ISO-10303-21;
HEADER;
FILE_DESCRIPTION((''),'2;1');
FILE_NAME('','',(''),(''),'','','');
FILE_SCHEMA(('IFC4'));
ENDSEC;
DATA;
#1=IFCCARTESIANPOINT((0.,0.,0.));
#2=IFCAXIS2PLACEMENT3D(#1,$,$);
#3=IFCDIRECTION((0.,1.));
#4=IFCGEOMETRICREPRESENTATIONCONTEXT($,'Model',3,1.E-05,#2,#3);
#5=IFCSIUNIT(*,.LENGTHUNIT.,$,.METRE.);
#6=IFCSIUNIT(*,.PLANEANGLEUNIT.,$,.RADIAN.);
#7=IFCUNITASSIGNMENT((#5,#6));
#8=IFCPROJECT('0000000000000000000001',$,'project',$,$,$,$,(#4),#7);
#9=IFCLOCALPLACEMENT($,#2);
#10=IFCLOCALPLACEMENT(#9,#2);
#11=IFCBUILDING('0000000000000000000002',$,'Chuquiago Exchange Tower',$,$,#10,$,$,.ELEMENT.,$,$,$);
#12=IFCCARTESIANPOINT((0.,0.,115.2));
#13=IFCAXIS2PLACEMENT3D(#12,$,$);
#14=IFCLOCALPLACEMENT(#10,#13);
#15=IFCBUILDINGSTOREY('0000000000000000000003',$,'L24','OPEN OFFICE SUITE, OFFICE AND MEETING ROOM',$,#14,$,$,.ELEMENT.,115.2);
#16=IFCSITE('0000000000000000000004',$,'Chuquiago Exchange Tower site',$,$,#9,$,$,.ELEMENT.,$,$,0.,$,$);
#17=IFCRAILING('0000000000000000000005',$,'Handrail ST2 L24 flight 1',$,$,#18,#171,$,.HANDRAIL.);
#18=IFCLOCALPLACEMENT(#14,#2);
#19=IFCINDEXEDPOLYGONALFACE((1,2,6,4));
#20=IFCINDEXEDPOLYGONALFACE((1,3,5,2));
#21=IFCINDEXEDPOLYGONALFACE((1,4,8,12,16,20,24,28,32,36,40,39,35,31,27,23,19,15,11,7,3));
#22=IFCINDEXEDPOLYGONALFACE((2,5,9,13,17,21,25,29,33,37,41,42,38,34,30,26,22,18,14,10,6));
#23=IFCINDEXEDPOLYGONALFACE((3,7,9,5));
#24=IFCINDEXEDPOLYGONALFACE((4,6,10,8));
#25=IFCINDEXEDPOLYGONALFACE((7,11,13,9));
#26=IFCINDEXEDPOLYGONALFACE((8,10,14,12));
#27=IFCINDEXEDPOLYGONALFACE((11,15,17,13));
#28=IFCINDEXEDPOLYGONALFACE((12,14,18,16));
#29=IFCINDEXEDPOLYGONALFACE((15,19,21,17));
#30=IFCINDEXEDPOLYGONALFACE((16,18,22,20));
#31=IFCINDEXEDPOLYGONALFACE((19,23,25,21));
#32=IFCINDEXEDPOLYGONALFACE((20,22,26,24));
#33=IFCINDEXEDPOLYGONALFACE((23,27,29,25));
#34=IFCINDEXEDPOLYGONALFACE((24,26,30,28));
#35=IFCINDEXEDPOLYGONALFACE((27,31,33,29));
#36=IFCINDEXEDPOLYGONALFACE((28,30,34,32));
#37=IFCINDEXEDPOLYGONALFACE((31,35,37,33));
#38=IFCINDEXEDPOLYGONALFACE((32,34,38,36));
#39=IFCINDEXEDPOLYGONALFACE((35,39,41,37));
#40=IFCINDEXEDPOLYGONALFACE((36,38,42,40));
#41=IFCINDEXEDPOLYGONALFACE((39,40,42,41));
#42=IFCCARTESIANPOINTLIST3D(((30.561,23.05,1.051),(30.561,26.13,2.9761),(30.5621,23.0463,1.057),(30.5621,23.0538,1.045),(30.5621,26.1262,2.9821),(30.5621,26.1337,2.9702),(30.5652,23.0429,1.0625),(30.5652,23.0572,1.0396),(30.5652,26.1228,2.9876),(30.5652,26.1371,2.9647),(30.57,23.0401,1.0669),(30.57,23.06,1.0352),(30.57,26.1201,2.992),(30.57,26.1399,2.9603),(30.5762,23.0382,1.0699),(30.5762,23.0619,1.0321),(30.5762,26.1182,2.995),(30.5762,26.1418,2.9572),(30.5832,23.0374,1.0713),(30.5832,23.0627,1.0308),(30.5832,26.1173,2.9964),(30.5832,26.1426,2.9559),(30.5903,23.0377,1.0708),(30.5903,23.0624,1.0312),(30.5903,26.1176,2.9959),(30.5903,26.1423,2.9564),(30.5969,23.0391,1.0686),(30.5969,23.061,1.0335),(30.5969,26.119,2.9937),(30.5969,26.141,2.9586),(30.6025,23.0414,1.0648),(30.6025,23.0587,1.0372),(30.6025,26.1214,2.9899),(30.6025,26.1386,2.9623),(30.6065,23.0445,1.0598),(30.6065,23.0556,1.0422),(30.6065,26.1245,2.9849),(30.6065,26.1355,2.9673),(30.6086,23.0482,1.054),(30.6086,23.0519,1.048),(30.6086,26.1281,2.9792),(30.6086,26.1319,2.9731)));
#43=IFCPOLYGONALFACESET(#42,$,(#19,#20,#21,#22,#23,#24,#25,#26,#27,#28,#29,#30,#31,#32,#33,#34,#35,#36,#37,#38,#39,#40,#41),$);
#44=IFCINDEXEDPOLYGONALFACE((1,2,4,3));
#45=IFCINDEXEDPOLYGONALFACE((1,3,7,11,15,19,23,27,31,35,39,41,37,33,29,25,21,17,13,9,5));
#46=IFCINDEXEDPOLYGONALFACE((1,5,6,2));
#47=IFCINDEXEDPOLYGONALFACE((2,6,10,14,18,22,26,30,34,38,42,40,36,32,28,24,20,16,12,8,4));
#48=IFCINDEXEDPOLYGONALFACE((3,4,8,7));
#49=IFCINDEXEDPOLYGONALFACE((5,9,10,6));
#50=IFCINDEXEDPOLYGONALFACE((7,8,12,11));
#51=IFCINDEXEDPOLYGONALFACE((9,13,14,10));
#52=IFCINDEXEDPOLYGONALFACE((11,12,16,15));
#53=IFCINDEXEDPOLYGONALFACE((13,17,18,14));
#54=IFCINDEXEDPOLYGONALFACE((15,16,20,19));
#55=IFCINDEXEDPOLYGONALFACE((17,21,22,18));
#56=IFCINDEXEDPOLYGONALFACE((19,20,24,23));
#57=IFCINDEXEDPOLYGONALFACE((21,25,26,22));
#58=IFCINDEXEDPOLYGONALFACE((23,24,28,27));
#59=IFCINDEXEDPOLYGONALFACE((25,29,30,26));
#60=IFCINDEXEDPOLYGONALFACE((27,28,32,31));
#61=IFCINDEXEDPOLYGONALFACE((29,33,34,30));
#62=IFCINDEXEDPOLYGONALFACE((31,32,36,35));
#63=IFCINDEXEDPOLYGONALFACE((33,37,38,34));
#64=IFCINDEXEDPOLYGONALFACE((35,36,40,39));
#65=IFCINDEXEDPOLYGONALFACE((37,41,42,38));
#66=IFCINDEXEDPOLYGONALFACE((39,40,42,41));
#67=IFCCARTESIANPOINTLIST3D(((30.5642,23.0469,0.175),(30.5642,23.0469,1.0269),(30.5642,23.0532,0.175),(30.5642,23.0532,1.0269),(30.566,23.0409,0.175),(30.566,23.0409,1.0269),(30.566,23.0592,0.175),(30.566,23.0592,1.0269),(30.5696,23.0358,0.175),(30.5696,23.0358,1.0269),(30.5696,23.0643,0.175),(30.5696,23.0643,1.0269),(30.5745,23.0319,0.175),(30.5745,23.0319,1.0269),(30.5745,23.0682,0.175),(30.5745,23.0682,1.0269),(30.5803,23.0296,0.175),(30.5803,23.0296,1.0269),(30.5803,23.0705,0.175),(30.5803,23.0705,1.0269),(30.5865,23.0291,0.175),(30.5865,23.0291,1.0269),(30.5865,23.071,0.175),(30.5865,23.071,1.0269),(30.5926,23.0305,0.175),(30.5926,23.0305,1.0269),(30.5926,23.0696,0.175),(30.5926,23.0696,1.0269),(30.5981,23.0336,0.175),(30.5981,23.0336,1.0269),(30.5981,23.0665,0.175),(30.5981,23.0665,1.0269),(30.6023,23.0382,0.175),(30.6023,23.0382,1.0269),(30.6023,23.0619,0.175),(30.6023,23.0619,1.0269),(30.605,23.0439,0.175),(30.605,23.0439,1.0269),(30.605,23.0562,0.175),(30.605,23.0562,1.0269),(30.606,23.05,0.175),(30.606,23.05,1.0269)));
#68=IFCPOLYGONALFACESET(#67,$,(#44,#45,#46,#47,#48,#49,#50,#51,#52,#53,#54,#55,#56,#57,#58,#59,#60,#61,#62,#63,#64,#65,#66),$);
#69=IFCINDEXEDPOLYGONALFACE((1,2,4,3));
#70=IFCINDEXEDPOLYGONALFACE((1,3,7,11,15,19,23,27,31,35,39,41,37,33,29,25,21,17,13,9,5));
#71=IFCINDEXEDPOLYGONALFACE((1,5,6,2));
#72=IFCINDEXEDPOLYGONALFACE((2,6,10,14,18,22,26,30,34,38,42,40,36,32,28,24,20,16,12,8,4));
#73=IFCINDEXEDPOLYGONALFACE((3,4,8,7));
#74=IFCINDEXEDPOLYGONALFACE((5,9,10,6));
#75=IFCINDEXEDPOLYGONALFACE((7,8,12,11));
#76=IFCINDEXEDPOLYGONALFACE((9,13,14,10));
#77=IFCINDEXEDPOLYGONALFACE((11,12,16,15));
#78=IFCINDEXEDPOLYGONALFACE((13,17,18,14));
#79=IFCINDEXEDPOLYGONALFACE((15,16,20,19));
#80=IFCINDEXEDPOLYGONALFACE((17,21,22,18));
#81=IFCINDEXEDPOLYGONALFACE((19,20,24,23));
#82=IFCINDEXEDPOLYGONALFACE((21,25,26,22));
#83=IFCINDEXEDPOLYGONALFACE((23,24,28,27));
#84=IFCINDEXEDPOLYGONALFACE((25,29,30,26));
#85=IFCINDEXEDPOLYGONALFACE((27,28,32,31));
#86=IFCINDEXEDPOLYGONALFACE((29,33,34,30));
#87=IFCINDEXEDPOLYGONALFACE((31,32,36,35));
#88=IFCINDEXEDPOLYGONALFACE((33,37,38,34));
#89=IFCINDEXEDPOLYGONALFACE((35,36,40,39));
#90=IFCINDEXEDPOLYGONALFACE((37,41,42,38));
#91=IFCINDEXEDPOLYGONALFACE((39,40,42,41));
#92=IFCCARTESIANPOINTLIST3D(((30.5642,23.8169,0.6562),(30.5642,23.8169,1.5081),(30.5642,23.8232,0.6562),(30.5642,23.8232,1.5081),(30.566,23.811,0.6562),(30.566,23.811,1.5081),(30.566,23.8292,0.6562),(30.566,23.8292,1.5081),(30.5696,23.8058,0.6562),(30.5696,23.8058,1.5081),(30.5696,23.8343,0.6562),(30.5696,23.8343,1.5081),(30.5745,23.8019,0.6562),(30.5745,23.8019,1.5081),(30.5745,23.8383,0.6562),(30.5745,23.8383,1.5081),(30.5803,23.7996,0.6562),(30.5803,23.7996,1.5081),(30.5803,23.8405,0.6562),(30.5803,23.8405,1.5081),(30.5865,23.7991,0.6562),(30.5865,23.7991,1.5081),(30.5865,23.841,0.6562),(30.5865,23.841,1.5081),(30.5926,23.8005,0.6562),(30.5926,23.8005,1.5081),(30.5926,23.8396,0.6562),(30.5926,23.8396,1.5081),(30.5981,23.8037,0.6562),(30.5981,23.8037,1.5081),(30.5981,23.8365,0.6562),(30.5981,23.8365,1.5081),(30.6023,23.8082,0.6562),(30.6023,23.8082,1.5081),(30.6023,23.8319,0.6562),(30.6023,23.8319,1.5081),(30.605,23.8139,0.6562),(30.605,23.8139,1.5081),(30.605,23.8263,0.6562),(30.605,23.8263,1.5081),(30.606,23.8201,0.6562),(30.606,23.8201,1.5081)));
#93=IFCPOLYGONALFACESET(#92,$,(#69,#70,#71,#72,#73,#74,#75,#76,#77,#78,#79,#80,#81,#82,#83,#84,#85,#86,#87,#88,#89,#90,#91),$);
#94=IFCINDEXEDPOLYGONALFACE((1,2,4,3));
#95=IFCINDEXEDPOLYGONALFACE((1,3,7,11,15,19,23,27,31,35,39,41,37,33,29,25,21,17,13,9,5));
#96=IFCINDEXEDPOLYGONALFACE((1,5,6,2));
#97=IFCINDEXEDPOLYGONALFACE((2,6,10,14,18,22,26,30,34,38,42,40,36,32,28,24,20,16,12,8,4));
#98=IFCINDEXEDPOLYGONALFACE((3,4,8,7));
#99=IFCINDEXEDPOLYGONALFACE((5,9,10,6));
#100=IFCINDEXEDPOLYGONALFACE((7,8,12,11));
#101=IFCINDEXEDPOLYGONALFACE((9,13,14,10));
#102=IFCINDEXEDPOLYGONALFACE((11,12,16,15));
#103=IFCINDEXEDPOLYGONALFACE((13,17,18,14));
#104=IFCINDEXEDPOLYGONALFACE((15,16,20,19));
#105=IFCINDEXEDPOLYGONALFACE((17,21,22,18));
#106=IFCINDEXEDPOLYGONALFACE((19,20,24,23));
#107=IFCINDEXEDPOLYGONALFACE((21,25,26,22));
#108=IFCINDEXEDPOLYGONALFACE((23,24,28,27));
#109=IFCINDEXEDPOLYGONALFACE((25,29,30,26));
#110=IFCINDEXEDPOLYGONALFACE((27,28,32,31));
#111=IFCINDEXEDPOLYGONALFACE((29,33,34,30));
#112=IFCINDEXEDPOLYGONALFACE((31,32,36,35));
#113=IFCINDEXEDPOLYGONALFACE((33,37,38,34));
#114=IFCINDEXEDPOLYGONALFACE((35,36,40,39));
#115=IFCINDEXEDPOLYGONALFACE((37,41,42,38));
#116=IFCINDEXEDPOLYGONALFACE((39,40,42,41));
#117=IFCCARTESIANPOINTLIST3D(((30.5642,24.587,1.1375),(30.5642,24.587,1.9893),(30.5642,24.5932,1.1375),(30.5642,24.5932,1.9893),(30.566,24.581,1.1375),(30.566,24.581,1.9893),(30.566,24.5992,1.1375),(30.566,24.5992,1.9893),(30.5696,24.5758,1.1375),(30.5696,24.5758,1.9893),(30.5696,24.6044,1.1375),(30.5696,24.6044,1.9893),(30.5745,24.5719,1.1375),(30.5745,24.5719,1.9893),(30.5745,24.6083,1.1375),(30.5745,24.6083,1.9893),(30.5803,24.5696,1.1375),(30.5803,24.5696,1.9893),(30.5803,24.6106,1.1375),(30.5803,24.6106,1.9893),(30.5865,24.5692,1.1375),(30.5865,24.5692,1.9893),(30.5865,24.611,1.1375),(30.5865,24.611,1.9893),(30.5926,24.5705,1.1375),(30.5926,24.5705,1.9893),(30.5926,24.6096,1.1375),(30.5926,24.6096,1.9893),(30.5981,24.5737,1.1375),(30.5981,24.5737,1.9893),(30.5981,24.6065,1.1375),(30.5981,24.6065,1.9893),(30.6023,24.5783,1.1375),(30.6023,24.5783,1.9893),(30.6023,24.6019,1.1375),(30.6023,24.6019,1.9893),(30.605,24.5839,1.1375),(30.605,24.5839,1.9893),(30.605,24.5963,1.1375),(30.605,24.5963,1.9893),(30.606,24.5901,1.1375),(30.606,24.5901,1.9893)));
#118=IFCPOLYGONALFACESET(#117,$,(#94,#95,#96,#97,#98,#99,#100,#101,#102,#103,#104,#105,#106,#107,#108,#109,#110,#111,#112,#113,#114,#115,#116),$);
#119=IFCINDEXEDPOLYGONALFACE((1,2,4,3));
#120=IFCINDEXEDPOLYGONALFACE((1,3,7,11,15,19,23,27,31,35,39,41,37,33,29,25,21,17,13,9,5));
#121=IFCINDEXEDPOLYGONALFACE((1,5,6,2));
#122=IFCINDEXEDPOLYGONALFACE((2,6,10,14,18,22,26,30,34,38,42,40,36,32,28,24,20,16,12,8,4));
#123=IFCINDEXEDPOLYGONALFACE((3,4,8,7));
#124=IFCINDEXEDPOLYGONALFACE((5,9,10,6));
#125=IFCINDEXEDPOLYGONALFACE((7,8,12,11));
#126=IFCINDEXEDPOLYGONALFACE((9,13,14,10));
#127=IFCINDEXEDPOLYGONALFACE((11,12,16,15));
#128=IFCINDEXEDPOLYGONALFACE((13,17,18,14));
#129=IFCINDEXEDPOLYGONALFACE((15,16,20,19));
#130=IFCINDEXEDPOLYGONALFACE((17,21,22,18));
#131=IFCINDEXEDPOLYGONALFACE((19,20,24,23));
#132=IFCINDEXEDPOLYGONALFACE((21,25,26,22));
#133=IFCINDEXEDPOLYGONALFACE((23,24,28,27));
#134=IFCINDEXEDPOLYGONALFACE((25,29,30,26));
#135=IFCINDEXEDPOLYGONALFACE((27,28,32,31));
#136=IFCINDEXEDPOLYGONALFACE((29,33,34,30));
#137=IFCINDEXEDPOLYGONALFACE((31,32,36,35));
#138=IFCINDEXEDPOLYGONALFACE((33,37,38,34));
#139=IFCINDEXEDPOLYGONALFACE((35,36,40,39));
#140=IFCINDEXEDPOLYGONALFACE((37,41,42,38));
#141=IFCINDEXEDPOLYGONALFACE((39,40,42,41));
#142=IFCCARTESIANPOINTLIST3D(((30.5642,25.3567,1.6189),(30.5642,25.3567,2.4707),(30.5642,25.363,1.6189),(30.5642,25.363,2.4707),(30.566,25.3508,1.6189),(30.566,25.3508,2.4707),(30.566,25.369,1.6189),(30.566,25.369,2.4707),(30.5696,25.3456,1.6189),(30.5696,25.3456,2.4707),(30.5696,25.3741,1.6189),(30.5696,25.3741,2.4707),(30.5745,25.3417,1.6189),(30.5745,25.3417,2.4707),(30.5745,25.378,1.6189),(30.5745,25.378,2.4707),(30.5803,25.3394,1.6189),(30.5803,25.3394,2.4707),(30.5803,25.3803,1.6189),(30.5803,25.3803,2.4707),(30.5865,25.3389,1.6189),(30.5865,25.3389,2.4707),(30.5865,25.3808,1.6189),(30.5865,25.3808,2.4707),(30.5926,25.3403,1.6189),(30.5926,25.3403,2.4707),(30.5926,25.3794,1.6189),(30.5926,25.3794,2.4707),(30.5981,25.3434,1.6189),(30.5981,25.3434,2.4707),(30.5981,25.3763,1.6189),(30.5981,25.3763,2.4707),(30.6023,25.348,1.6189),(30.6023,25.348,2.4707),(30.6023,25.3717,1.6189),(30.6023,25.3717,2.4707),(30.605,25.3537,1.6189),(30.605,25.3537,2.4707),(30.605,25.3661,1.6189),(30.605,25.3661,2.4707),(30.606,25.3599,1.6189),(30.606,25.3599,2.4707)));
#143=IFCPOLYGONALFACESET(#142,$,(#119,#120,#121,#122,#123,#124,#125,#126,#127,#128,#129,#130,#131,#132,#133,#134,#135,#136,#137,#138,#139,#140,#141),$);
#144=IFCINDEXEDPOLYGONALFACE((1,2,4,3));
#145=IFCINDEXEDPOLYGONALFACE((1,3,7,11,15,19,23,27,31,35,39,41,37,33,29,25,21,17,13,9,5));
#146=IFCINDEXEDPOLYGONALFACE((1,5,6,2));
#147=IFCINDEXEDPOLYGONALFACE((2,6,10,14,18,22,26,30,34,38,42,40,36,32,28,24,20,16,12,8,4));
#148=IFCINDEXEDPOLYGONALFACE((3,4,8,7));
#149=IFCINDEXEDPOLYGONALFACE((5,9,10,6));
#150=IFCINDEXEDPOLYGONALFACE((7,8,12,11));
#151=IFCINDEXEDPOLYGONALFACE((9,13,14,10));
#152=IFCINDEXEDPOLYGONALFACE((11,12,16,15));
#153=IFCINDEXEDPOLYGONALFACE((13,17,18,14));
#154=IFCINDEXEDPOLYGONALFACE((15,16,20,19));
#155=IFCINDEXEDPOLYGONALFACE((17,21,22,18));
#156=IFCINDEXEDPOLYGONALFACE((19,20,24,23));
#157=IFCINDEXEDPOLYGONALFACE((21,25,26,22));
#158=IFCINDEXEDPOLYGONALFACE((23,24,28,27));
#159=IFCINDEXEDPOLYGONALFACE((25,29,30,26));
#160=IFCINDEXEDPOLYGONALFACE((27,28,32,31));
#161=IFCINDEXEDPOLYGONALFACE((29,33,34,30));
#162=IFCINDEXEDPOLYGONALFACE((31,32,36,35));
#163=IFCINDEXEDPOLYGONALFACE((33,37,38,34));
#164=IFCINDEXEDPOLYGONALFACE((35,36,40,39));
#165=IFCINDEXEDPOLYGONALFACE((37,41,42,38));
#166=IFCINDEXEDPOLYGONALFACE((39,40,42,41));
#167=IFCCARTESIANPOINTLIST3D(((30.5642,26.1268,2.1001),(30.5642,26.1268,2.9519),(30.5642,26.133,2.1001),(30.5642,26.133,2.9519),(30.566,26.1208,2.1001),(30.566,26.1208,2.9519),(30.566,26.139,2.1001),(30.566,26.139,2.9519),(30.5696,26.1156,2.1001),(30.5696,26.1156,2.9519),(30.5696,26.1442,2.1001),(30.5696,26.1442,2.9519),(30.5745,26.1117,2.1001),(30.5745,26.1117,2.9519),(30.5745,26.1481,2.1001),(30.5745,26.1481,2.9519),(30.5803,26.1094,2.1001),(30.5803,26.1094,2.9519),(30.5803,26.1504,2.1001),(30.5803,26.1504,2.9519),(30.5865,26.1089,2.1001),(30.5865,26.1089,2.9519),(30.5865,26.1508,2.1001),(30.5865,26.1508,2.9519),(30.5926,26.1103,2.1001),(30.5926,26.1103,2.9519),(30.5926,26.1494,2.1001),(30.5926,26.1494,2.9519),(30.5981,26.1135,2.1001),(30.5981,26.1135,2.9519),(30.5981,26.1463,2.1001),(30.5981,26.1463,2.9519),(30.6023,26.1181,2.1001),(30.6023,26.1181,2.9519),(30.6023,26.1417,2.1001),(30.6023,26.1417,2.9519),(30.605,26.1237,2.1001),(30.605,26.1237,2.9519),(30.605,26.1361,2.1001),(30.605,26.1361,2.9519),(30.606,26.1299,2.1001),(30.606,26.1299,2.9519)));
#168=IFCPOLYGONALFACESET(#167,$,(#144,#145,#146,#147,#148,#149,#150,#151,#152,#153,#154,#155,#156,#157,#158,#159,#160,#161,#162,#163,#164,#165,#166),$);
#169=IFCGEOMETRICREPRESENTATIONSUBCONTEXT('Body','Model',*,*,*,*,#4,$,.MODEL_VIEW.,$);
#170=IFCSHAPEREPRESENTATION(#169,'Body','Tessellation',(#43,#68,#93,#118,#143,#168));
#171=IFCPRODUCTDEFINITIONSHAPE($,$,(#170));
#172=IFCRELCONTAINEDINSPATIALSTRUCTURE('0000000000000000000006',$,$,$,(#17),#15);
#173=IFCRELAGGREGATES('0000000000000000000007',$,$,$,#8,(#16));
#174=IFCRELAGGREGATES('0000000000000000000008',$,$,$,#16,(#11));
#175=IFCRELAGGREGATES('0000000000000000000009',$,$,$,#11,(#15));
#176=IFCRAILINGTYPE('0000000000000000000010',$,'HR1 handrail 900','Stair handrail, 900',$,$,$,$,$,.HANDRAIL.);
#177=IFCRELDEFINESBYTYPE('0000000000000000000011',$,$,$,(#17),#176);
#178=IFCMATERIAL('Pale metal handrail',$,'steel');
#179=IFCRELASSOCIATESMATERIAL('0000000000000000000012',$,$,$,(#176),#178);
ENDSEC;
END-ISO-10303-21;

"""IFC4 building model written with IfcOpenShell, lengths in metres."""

from ifc_helpers import new_model, si_unit, direction, frame, origin, origin_2d, place, context, subcontext, project, spatial, circle, extrude, material, type_object, element, save


model = new_model("IFC4")

# Units and contexts
model_context = context("Model", 3, precision=1e-05, world=origin(), true_north=direction((0.0, 1.0)))
body_context = subcontext(model_context, "Body", "Model", "MODEL_VIEW")
ifc_project = project(units=[si_unit("LENGTHUNIT", "METRE"), si_unit("PLANEANGLEUNIT", "RADIAN")], contexts=[model_context])

# Site, building, storey
site_placement = place(None, origin())
site = spatial("IfcSite", under=ifc_project, at=site_placement, Name="Chuquiago Exchange Tower site", CompositionType="ELEMENT", RefElevation=0.0)
building_placement = place(site_placement, origin())
building = spatial("IfcBuilding", under=site, at=building_placement, Name="Chuquiago Exchange Tower", CompositionType="ELEMENT")
storey_placement = place(building_placement, frame((0.0, 0.0, 115.2)))
storey = spatial("IfcBuildingStorey", under=building, at=storey_placement, Name="L24", Description="OPEN OFFICE SUITE, OFFICE AND MEETING ROOM", CompositionType="ELEMENT", Elevation=115.2)

# Railing
ifc_material_1 = material(Name="Pale metal handrail", Category="steel")
railing_type_1 = type_object("IfcRailingType", Name="HR1 handrail 900", Description="Stair handrail, 900", PredefinedType="HANDRAIL", material=ifc_material_1)
railing_1_placement = place(storey_placement, frame((30.585, 23.05, 0.175)))
element("IfcRailing", 1, at=railing_1_placement, inside=storey, type_object=railing_type_1, Name="Handrail ST2 L24 flight 1", PredefinedType="HANDRAIL", context=body_context, shape_type="SweptSolid", body=[
    extrude(circle(Radius=0.0239, at=origin_2d()), frame((0.0, 0.0, 0.876), z_axis=(0.0, 0.847979, 0.530029), x_axis=(-1.0, 0.0, 0.0)), (0.0, 0.0, 1.0), 3.6321),
    extrude(circle(Radius=0.021, at=origin_2d()), origin(), (0.0, 0.0, 1.0), 0.8518),
    extrude(circle(Radius=0.021, at=origin_2d()), frame((0.0, 0.77, 0.4812)), (0.0, 0.0, 1.0), 0.8518),
    extrude(circle(Radius=0.021, at=origin_2d()), frame((0.0, 1.54, 0.9624)), (0.0, 0.0, 1.0), 0.8518),
    extrude(circle(Radius=0.021, at=origin_2d()), frame((0.0, 2.3098, 1.4438)), (0.0, 0.0, 1.0), 0.8518),
    extrude(circle(Radius=0.021, at=origin_2d()), frame((0.0, 3.0798, 1.925)), (0.0, 0.0, 1.0), 0.8518),
])

save(model, "model.ifc")
